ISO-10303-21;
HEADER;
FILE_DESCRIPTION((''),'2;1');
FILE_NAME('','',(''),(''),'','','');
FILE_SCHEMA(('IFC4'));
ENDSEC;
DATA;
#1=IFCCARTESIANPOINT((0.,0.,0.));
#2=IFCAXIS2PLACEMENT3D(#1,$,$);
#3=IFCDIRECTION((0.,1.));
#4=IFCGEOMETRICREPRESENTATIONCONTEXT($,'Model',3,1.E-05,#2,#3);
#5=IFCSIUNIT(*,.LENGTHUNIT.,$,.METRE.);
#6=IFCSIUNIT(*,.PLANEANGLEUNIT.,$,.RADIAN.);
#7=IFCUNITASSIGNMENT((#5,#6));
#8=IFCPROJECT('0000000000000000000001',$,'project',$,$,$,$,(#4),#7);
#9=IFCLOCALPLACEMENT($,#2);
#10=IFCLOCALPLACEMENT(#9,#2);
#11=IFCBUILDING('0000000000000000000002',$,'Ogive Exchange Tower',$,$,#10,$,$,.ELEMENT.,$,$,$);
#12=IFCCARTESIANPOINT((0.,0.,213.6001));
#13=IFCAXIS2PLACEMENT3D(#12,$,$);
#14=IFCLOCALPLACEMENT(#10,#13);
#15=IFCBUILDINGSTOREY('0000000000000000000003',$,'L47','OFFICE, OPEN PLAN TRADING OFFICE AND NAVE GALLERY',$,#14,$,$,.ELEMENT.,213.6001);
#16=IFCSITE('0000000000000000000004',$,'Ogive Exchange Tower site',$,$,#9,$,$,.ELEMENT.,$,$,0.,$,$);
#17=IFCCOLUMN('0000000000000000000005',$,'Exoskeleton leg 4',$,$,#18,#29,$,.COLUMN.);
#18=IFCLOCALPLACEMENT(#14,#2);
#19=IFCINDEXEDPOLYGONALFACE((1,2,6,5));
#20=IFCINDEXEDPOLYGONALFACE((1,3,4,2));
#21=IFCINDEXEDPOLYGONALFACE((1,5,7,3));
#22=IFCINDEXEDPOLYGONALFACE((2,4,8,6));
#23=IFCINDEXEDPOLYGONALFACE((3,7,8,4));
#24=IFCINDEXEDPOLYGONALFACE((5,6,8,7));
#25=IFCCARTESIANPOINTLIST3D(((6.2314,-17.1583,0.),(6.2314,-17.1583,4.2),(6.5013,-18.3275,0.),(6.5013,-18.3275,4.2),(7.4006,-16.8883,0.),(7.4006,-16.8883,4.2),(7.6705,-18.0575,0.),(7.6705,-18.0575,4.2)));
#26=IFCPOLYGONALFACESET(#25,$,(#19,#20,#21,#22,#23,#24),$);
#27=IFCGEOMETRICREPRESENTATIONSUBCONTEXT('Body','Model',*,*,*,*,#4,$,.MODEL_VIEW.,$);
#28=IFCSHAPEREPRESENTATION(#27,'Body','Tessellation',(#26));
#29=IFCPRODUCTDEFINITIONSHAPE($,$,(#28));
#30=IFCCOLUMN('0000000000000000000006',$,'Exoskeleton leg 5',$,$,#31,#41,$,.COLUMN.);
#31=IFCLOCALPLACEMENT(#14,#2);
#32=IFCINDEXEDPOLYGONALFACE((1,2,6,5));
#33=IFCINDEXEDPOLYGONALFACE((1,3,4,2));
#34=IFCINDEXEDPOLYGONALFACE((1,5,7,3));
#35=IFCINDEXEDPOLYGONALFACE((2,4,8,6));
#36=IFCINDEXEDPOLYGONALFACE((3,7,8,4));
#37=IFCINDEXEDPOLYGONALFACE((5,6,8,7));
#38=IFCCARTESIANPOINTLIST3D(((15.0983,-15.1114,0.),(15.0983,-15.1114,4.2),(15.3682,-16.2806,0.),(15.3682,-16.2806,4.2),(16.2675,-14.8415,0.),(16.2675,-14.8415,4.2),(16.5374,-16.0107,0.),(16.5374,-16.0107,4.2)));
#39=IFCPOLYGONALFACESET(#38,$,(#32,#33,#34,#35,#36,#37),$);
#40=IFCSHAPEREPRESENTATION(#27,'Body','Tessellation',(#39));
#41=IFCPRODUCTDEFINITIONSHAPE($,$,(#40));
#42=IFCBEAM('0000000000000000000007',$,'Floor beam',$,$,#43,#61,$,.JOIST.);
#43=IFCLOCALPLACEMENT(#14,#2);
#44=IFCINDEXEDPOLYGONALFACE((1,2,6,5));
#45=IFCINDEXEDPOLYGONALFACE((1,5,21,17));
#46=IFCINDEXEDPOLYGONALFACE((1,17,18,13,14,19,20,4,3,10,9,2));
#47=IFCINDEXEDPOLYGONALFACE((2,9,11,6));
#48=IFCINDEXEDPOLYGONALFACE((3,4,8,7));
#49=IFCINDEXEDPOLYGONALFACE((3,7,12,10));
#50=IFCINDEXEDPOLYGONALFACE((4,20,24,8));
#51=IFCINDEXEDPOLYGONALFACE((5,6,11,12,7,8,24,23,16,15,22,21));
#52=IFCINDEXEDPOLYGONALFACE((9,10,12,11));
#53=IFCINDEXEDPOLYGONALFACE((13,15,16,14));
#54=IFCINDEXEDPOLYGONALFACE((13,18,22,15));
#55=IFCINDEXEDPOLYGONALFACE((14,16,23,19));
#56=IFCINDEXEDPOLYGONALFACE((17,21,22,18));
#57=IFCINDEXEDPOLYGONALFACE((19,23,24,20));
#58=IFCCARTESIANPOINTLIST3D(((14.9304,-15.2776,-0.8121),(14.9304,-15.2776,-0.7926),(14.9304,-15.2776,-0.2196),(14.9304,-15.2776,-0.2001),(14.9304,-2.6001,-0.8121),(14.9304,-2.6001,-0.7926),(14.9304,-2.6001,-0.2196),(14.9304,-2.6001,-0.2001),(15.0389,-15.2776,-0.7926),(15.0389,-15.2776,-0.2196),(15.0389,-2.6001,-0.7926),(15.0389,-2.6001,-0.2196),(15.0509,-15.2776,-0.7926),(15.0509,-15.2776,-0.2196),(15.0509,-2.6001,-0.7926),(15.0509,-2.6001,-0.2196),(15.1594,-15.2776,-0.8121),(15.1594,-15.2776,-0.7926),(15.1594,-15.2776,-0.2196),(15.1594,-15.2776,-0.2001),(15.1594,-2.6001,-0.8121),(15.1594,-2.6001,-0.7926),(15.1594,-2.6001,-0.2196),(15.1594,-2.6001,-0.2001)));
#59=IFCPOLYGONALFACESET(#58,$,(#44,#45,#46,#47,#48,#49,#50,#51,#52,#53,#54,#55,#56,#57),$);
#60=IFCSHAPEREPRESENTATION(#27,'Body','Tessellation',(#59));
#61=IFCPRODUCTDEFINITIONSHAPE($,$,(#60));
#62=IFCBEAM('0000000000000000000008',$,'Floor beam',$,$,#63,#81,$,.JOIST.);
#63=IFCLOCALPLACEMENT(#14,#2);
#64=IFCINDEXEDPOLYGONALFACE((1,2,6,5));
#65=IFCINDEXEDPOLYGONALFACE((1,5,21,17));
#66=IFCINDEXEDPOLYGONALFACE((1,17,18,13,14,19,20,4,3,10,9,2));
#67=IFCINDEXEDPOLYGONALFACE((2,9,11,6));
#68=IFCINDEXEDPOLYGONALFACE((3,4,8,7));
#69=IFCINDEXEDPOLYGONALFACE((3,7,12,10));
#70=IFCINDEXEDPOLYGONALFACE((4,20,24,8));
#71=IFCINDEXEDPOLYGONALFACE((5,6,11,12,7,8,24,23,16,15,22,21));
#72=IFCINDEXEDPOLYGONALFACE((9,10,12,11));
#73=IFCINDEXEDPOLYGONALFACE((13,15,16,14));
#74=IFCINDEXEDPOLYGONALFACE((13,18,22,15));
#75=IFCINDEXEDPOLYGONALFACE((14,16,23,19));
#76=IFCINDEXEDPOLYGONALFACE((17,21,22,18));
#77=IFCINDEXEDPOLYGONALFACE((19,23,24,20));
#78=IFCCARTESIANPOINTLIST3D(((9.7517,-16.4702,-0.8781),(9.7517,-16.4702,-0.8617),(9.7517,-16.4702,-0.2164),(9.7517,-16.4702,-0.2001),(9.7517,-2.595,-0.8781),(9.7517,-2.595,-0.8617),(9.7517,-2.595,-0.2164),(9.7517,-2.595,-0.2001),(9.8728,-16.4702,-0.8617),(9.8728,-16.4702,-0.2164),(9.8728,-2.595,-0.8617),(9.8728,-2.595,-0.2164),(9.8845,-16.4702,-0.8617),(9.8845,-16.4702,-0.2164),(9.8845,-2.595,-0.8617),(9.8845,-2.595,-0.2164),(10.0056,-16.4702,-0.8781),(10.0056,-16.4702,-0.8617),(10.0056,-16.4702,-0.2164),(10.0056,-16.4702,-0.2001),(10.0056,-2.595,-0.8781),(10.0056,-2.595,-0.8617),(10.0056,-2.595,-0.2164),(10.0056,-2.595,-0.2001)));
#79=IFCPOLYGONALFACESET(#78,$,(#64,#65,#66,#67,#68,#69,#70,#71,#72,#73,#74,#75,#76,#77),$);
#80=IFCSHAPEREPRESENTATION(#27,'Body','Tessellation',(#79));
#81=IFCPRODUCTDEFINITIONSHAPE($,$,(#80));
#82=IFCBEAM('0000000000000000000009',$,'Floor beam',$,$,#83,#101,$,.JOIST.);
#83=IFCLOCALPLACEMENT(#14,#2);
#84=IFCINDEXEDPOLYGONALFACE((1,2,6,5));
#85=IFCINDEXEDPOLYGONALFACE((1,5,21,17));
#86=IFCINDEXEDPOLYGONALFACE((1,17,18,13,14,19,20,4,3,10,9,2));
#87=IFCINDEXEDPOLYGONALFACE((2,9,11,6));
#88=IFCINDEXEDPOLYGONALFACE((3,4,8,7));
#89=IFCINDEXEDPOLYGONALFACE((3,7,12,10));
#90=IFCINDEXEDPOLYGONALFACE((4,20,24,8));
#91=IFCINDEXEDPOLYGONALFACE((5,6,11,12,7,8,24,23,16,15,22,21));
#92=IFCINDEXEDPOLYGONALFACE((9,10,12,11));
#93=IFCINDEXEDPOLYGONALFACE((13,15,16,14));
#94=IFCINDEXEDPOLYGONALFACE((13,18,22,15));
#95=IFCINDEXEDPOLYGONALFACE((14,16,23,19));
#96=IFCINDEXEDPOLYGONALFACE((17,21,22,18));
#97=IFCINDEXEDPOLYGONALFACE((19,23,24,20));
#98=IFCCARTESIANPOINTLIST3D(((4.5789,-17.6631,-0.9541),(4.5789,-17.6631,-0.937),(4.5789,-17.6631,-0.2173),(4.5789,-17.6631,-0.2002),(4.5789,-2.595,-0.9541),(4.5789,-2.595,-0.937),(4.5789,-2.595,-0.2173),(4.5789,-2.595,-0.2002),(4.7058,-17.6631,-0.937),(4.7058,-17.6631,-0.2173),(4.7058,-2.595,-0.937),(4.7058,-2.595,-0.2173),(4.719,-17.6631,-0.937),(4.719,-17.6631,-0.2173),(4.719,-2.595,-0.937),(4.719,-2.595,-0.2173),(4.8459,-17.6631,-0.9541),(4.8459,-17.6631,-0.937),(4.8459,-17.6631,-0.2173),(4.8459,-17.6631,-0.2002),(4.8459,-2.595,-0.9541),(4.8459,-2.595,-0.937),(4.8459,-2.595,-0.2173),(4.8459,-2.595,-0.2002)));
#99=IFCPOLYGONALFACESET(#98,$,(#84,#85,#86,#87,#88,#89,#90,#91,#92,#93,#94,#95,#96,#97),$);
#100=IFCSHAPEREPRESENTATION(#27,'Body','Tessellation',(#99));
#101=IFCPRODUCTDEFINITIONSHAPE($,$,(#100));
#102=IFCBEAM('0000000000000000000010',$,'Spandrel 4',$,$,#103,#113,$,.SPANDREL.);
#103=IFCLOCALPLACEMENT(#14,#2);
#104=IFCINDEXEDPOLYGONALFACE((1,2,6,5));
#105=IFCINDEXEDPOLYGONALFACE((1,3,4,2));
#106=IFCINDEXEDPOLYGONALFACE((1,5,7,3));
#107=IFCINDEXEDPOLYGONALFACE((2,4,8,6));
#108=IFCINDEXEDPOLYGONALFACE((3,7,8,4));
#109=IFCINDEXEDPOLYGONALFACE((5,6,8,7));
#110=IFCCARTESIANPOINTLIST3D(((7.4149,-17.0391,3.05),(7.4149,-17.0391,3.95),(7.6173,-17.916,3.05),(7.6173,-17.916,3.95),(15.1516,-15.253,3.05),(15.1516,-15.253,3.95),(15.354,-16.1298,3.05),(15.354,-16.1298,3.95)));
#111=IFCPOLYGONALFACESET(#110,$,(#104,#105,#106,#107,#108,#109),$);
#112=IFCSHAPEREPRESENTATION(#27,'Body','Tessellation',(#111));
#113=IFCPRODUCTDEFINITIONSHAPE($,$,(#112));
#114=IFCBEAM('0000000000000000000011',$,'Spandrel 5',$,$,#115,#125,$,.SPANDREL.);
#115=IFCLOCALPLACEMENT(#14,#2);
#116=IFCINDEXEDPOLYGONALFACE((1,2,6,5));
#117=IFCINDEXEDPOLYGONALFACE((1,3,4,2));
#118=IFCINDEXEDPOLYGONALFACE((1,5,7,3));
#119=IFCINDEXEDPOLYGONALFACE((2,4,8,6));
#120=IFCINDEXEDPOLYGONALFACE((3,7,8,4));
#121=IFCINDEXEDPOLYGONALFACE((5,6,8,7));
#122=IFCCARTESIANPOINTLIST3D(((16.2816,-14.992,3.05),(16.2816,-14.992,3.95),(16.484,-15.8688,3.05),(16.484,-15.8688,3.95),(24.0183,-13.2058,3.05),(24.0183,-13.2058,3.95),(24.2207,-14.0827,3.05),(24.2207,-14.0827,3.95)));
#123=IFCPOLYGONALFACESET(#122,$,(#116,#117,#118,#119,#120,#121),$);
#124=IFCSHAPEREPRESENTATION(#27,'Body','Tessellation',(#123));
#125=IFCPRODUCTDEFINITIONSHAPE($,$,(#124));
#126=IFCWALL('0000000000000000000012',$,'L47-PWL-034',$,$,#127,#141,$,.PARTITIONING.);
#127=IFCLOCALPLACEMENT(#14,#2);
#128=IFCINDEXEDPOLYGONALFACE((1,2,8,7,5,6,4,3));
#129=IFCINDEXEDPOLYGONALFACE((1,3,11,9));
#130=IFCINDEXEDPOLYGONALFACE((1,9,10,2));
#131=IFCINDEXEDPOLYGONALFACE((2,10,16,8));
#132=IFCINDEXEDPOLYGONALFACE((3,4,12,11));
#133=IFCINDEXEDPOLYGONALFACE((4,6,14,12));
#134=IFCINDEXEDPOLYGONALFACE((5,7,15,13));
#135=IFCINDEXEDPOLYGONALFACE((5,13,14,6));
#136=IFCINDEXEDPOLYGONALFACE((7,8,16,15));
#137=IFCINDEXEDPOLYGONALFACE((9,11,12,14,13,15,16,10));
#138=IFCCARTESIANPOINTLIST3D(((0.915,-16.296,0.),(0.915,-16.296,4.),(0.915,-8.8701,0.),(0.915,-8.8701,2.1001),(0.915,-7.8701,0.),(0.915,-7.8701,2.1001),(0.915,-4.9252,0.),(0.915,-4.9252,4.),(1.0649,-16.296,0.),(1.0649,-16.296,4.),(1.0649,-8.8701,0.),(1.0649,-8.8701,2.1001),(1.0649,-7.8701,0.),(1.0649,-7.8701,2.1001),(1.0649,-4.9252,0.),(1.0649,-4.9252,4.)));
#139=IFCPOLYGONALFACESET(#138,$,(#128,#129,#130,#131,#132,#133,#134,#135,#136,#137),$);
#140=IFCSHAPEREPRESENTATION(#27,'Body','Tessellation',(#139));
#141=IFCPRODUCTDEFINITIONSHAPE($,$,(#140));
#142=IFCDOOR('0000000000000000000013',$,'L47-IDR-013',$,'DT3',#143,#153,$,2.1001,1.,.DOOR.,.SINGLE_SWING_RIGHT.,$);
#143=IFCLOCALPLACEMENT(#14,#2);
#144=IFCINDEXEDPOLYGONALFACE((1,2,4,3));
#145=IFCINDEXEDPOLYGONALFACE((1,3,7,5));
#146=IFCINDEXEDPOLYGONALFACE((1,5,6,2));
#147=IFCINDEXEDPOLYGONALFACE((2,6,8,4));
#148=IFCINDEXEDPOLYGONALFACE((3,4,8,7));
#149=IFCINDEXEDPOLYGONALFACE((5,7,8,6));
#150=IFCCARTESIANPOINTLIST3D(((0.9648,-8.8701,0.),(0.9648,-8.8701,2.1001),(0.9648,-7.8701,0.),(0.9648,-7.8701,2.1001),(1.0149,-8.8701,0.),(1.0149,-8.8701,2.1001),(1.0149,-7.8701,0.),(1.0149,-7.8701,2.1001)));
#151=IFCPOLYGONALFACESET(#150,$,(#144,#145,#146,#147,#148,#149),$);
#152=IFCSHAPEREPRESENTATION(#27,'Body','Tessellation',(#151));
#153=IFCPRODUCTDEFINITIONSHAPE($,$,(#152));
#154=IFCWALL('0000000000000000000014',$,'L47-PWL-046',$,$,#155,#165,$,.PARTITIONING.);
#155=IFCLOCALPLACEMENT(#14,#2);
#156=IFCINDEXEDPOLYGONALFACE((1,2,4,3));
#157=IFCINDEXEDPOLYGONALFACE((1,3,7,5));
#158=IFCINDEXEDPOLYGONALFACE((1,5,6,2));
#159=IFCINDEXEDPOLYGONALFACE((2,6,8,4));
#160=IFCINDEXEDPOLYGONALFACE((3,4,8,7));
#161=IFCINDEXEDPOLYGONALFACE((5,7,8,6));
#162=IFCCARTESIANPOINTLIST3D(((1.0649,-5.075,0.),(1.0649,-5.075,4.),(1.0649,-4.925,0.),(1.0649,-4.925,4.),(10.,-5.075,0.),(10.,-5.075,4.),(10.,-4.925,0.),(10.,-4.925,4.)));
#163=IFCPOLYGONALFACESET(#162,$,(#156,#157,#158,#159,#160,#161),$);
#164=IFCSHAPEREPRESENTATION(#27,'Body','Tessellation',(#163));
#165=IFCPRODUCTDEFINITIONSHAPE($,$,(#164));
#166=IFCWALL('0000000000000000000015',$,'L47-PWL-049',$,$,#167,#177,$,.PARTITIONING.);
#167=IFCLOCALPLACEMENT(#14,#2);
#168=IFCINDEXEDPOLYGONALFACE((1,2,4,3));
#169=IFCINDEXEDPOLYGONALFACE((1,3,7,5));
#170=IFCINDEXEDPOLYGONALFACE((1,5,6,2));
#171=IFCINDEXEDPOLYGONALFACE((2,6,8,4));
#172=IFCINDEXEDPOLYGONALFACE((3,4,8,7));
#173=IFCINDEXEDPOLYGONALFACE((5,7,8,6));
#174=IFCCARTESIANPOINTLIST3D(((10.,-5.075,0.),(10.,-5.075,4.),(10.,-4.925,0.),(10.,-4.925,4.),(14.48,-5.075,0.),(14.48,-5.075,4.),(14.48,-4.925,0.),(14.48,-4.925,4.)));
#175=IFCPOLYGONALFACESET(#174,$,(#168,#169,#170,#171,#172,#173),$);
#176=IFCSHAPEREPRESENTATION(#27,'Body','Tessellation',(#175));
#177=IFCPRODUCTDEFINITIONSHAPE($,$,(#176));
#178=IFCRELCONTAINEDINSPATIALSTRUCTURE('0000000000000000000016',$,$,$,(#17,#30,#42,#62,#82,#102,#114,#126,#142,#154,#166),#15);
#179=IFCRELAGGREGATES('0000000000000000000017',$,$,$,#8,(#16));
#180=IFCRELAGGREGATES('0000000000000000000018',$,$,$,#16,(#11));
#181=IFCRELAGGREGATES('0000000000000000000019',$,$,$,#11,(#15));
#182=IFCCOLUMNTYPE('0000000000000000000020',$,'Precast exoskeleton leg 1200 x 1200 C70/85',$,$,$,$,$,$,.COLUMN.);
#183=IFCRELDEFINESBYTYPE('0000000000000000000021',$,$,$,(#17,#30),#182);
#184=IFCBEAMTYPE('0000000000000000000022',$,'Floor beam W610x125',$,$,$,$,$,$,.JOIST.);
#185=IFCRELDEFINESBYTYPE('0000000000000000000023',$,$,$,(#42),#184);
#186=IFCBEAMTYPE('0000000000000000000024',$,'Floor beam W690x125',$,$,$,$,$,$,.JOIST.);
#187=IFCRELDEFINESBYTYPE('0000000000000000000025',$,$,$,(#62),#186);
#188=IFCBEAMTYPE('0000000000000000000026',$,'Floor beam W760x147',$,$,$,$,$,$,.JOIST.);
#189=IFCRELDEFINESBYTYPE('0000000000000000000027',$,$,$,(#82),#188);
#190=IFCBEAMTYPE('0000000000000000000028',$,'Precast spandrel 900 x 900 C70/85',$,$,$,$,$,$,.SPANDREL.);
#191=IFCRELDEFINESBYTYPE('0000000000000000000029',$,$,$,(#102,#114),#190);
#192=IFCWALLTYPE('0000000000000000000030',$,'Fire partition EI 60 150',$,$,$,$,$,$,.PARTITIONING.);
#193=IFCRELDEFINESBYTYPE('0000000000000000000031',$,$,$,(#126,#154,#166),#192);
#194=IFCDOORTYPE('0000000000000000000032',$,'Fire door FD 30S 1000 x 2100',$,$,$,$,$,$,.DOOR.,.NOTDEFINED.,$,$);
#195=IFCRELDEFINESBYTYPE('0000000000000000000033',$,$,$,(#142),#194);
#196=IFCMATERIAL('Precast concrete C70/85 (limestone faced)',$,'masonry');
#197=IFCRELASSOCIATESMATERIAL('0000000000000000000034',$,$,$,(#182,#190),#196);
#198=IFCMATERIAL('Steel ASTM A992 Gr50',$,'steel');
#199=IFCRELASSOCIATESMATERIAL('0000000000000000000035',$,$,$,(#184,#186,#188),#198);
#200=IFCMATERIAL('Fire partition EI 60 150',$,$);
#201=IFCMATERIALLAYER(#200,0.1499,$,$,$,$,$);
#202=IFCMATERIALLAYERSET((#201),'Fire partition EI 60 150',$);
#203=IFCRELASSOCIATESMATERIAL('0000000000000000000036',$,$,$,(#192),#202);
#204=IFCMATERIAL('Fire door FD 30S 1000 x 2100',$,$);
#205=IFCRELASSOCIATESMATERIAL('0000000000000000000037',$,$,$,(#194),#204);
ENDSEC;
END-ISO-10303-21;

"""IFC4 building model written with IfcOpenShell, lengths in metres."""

from ifc_helpers import new_model, si_unit, direction, frame, frame_2d, origin, origin_2d, place, context, subcontext, project, spatial, rectangle, i_section, extrude, material, layer, layer_set, material_profile, profile_set, type_object, element, fill, save


model = new_model("IFC4")

# Units and contexts
model_context = context("Model", 3, precision=1e-05, world=origin(), true_north=direction((0.0, 1.0)))
body_context = subcontext(model_context, "Body", "Model", "MODEL_VIEW")
ifc_project = project(units=[si_unit("LENGTHUNIT", "METRE"), si_unit("PLANEANGLEUNIT", "RADIAN")], contexts=[model_context])

# Site, building, storey
site_placement = place(None, origin())
site = spatial("IfcSite", under=ifc_project, at=site_placement, Name="Ogive Exchange Tower site", CompositionType="ELEMENT", RefElevation=0.0)
building_placement = place(site_placement, origin())
building = spatial("IfcBuilding", under=site, at=building_placement, Name="Ogive Exchange Tower", CompositionType="ELEMENT")
storey_placement = place(building_placement, frame((0.0, 0.0, 213.6001)))
storey = spatial("IfcBuildingStorey", under=building, at=storey_placement, Name="L47", Description="OFFICE, OPEN PLAN TRADING OFFICE AND NAVE GALLERY", CompositionType="ELEMENT", Elevation=213.6001)

# Columns
ifc_material_1 = material(Name="Precast concrete C70/85 (limestone faced)", Category="masonry")
ifc_material_profile_1 = material_profile(ifc_material_1, rectangle(XDim=1.2, YDim=1.2, at=origin_2d()), Name="1200 x 1200")
ifc_profile_set_1 = profile_set([ifc_material_profile_1], Name="Precast concrete C70/85 (limestone faced)")
column_type = type_object("IfcColumnType", Name="Precast exoskeleton leg 1200 x 1200 C70/85", PredefinedType="COLUMN", material=ifc_profile_set_1)
for number, where, z_axis, x_axis, name in (
    (1, (6.9509, -17.6079, 0.0), (0.0, 0.0, 1.0), (0.97437, 0.224951, 0.0), "Exoskeleton leg 4"),
    (2, (15.8179, -15.561, 0.0), (0.0, 0.0, 1.0), (0.97437, 0.224951, 0.0), "Exoskeleton leg 5"),
):
    element("IfcColumn", number, at=place(storey_placement, frame(where, z_axis=z_axis, x_axis=x_axis)), inside=storey, type_object=column_type, Name=name, PredefinedType="COLUMN", context=body_context, shape_type="SweptSolid", body=[
        extrude(rectangle(XDim=1.2, YDim=1.2, at=origin_2d()), origin(), (0.0, 0.0, 1.0), 4.2),
    ])

# Beams
ifc_material_2 = material(Name="Steel ASTM A992 Gr50", Category="steel")
ifc_material_profile_2 = material_profile(ifc_material_2, i_section(OverallWidth=0.229, OverallDepth=0.6121, WebThickness=0.012, FlangeThickness=0.0195, at=origin_2d()), Name="W610x125")
ifc_profile_set_2 = profile_set([ifc_material_profile_2], Name="Steel ASTM A992 Gr50")
beam_type_1 = type_object("IfcBeamType", Name="Floor beam W610x125", PredefinedType="JOIST", material=ifc_profile_set_2)
beam_1_placement = place(storey_placement, frame((15.0449, -15.2776, -0.5061), z_axis=(0.0, 1.0, 0.0), x_axis=(-1.0, 0.0, 0.0)))
element("IfcBeam", 3, at=beam_1_placement, inside=storey, type_object=beam_type_1, Name="Floor beam", PredefinedType="JOIST", context=body_context, shape_type="SweptSolid", body=[
    extrude(i_section(OverallWidth=0.229, OverallDepth=0.6121, WebThickness=0.012, FlangeThickness=0.0195, at=origin_2d()), origin(), (0.0, 0.0, 1.0), 12.6775),
])
ifc_material_profile_3 = material_profile(ifc_material_2, i_section(OverallWidth=0.2539, OverallDepth=0.678, WebThickness=0.0117, FlangeThickness=0.0164, at=origin_2d()), Name="W690x125")
ifc_profile_set_3 = profile_set([ifc_material_profile_3], Name="Steel ASTM A992 Gr50")
beam_type_2 = type_object("IfcBeamType", Name="Floor beam W690x125", PredefinedType="JOIST", material=ifc_profile_set_3)
beam_2_placement = place(storey_placement, frame((9.8787, -16.4702, -0.5391), z_axis=(0.0, 1.0, 0.0), x_axis=(-1.0, 0.0, 0.0)))
element("IfcBeam", 4, at=beam_2_placement, inside=storey, type_object=beam_type_2, Name="Floor beam", PredefinedType="JOIST", context=body_context, shape_type="SweptSolid", body=[
    extrude(i_section(OverallWidth=0.2539, OverallDepth=0.678, WebThickness=0.0117, FlangeThickness=0.0164, at=origin_2d()), origin(), (0.0, 0.0, 1.0), 13.8752),
])
ifc_material_profile_4 = material_profile(ifc_material_2, i_section(OverallWidth=0.2671, OverallDepth=0.7539, WebThickness=0.0132, FlangeThickness=0.0171, at=origin_2d()), Name="W760x147")
ifc_profile_set_4 = profile_set([ifc_material_profile_4], Name="Steel ASTM A992 Gr50")
beam_type_3 = type_object("IfcBeamType", Name="Floor beam W760x147", PredefinedType="JOIST", material=ifc_profile_set_4)
beam_3_placement = place(storey_placement, frame((4.7124, -17.6631, -0.5771), z_axis=(0.0, 1.0, 0.0), x_axis=(-1.0, 0.0, 0.0)))
element("IfcBeam", 5, at=beam_3_placement, inside=storey, type_object=beam_type_3, Name="Floor beam", PredefinedType="JOIST", context=body_context, shape_type="SweptSolid", body=[
    extrude(i_section(OverallWidth=0.2671, OverallDepth=0.7539, WebThickness=0.0132, FlangeThickness=0.0171, at=origin_2d()), origin(), (0.0, 0.0, 1.0), 15.0681),
])
ifc_material_profile_5 = material_profile(ifc_material_1, rectangle(XDim=0.8999, YDim=0.8999, at=origin_2d()), Name="900 x 900")
ifc_profile_set_5 = profile_set([ifc_material_profile_5], Name="Precast concrete C70/85 (limestone faced)")
beam_type_4 = type_object("IfcBeamType", Name="Precast spandrel 900 x 900 C70/85", PredefinedType="SPANDREL", material=ifc_profile_set_5)
for number, where, z_axis, x_axis, name in (
    (6, (7.5161, -17.4775, 3.5), (0.97437, 0.224952, 0.0), (-0.224952, 0.97437, 0.0), "Spandrel 4"),
    (7, (16.3828, -15.4304, 3.5), (0.97437, 0.224952, 0.0), (-0.224952, 0.97437, 0.0), "Spandrel 5"),
):
    element("IfcBeam", number, at=place(storey_placement, frame(where, z_axis=z_axis, x_axis=x_axis)), inside=storey, type_object=beam_type_4, Name=name, PredefinedType="SPANDREL", context=body_context, shape_type="SweptSolid", body=[
        extrude(rectangle(XDim=0.8999, YDim=0.8999, at=origin_2d()), origin(), (0.0, 0.0, 1.0), 7.9402),
    ])

# Wall, opening, door
ifc_material_3 = material(Name="Fire partition EI 60 150")
ifc_layer_1 = layer(ifc_material_3, 0.1499)
ifc_layer_set_1 = layer_set([ifc_layer_1], Name="Fire partition EI 60 150")
wall_type_1 = type_object("IfcWallType", Name="Fire partition EI 60 150", PredefinedType="PARTITIONING", material=ifc_layer_set_1)
wall_1_placement = place(storey_placement, frame((0.99, -4.925, 0.0), z_axis=(0.0, 0.0, 1.0), x_axis=(0.0, -1.0, 0.0)))
wall_1 = element("IfcWall", 8, at=wall_1_placement, inside=storey, type_object=wall_type_1, Name="L47-PWL-034", PredefinedType="PARTITIONING", context=body_context, shape_type="SweptSolid", body=[
    extrude(rectangle(XDim=11.3708, YDim=0.1499, at=frame_2d((5.6855, 0.0))), origin(), (0.0, 0.0, 1.0), 4.0),
])
opening_1_placement = place(wall_1_placement, frame((2.9451, 0.0, 0.0)))
opening_1 = element("IfcOpeningElement", 9, at=opening_1_placement, cuts=wall_1, PredefinedType="OPENING", context=body_context, shape_type="SweptSolid", body=[
    extrude(rectangle(XDim=1.0, YDim=2.1001, at=frame_2d((0.5, 1.05))), frame((0.0, 0.085, 0.0), z_axis=(0.0, -1.0, 0.0), x_axis=(1.0, 0.0, 0.0)), (0.0, 0.0, 1.0), 0.1699),
])
ifc_material_4 = material(Name="Fire door FD 30S 1000 x 2100")
door_type_1 = type_object("IfcDoorType", Name="Fire door FD 30S 1000 x 2100", OperationType="NOTDEFINED", PredefinedType="DOOR", material=ifc_material_4)
door_1_placement = place(opening_1_placement, origin())
door_1 = element("IfcDoor", 10, at=door_1_placement, inside=storey, type_object=door_type_1, Name="L47-IDR-013", ObjectType="DT3", OperationType="SINGLE_SWING_RIGHT", OverallHeight=2.1001, OverallWidth=1.0, PredefinedType="DOOR", context=body_context, shape_type="SweptSolid", body=[
    extrude(rectangle(XDim=1.0, YDim=2.1001, at=frame_2d((0.5, 1.05))), frame((0.0, 0.0249, 0.0), z_axis=(0.0, -1.0, 0.0), x_axis=(1.0, 0.0, 0.0)), (0.0, 0.0, 1.0), 0.05),
])
fill(opening_1, door_1)

# Walls
wall_2_placement = place(storey_placement, frame((10.0, -5.0, 0.0), z_axis=(0.0, 0.0, 1.0), x_axis=(-1.0, 0.0, 0.0)))
element("IfcWall", 11, at=wall_2_placement, inside=storey, type_object=wall_type_1, Name="L47-PWL-046", PredefinedType="PARTITIONING", context=body_context, shape_type="SweptSolid", body=[
    extrude(rectangle(XDim=8.9351, YDim=0.1499, at=frame_2d((4.4675, 0.0))), origin(), (0.0, 0.0, 1.0), 4.0),
])
wall_3_placement = place(storey_placement, frame((14.48, -5.0, 0.0), z_axis=(0.0, 0.0, 1.0), x_axis=(-1.0, 0.0, 0.0)))
element("IfcWall", 12, at=wall_3_placement, inside=storey, type_object=wall_type_1, Name="L47-PWL-049", PredefinedType="PARTITIONING", context=body_context, shape_type="SweptSolid", body=[
    extrude(rectangle(XDim=4.48, YDim=0.1499, at=frame_2d((2.24, 0.0))), origin(), (0.0, 0.0, 1.0), 4.0),
])

save(model, "model.ifc")
